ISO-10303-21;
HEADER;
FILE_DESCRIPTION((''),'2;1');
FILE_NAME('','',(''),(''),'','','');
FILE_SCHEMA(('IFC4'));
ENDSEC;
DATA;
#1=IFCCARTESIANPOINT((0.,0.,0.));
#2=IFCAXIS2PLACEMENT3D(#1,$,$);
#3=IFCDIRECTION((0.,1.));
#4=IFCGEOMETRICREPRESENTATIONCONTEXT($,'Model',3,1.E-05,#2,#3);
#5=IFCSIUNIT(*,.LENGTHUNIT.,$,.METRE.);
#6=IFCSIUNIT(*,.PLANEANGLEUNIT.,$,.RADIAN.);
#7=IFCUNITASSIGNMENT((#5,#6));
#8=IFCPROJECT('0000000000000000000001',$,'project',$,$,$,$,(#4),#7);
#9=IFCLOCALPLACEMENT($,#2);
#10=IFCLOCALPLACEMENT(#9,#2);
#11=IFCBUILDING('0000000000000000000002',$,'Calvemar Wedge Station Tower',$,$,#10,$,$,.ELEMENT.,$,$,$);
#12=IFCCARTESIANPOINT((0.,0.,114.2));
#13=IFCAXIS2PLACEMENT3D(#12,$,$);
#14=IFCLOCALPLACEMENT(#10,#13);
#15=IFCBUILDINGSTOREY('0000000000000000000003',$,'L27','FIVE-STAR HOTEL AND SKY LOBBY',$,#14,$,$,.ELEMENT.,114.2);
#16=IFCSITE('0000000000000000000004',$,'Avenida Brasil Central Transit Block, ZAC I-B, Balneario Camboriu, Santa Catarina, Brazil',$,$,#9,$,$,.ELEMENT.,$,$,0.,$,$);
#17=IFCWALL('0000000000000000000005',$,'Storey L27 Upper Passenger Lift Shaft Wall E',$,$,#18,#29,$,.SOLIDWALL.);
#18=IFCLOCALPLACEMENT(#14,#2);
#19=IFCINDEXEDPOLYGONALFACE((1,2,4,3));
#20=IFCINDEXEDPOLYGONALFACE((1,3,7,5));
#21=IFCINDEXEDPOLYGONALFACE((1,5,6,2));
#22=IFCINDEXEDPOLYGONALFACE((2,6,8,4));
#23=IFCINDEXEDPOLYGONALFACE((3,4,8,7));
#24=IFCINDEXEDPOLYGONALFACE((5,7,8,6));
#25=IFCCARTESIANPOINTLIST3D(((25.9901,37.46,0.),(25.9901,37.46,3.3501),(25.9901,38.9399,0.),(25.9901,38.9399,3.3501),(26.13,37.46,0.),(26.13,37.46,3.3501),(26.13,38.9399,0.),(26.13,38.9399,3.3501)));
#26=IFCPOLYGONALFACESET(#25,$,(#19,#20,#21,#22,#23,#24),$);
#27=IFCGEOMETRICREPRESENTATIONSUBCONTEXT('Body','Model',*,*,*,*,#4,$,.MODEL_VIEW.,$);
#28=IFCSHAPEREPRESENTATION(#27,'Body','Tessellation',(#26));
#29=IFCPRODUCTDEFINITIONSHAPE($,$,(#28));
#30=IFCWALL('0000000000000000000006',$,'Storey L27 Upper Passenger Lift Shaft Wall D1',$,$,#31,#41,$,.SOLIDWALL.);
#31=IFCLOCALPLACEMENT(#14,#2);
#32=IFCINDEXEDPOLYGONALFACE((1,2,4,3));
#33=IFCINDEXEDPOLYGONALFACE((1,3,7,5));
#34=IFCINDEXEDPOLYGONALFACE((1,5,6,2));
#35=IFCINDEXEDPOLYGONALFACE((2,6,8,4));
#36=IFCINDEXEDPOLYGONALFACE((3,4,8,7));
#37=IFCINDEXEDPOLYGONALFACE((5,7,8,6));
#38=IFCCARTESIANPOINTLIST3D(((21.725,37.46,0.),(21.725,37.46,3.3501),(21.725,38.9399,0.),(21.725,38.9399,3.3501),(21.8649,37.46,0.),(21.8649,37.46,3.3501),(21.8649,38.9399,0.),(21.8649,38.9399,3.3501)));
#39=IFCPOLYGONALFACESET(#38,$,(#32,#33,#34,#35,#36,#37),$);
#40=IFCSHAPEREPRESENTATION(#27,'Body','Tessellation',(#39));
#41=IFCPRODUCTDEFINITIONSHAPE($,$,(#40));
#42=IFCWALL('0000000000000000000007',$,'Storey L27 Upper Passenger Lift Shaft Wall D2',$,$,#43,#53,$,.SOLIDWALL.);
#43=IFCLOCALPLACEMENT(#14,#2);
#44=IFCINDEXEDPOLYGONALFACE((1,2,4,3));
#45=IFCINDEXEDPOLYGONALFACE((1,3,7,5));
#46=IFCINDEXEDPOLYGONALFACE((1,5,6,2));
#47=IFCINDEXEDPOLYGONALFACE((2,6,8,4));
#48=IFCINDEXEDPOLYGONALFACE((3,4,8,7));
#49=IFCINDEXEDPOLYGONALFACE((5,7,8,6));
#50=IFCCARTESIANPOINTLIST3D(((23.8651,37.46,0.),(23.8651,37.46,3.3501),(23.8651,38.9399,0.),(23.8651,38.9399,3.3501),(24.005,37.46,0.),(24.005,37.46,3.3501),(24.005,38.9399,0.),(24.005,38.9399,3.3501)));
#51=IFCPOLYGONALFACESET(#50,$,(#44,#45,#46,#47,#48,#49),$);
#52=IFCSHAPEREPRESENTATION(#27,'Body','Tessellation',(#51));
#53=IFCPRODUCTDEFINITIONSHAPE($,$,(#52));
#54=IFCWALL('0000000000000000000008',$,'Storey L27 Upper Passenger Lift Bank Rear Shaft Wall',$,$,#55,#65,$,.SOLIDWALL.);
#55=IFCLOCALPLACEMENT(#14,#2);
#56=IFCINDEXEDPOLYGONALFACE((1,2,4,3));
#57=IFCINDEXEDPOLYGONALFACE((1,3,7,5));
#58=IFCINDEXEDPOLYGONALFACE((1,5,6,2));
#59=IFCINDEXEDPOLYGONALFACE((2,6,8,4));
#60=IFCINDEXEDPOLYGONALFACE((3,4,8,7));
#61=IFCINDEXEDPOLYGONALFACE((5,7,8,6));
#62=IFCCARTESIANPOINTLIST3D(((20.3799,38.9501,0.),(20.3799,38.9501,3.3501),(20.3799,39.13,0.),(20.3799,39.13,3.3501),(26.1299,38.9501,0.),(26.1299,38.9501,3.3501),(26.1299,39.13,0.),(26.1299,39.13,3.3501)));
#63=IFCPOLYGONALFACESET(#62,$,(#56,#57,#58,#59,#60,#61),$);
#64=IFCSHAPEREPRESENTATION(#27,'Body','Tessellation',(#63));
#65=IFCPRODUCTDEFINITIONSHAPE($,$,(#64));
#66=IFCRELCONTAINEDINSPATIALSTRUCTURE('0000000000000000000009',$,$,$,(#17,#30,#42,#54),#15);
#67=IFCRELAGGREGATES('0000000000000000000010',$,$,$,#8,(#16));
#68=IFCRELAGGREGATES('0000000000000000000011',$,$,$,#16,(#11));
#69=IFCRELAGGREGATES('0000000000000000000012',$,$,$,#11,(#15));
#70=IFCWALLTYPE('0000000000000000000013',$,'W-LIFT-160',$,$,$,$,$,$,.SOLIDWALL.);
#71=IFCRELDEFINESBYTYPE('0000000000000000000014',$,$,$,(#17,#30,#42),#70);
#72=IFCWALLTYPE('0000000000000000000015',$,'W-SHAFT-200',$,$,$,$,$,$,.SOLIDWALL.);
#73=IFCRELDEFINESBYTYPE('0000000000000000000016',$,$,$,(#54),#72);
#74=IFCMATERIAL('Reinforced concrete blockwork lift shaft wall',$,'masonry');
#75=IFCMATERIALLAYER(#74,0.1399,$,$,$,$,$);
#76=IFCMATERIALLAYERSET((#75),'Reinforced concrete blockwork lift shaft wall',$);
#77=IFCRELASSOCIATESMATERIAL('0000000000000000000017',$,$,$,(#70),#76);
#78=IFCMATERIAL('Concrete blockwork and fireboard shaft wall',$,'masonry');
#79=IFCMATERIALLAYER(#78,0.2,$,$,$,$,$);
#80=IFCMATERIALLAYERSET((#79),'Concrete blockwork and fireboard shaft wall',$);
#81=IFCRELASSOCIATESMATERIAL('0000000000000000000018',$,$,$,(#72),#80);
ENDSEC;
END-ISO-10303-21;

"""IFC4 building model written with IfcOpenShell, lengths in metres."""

from ifc_helpers import new_model, si_unit, direction, frame, frame_2d, origin, place, context, subcontext, project, spatial, rectangle, extrude, material, layer, layer_set, type_object, element, save


model = new_model("IFC4")

# Units and contexts
model_context = context("Model", 3, precision=1e-05, world=origin(), true_north=direction((0.0, 1.0)))
body_context = subcontext(model_context, "Body", "Model", "MODEL_VIEW")
ifc_project = project(units=[si_unit("LENGTHUNIT", "METRE"), si_unit("PLANEANGLEUNIT", "RADIAN")], contexts=[model_context])

# Site, building, storey
site_placement = place(None, origin())
site = spatial("IfcSite", under=ifc_project, at=site_placement, Name="Avenida Brasil Central Transit Block, ZAC I-B, Balneario Camboriu, Santa Catarina, Brazil", CompositionType="ELEMENT", RefElevation=0.0)
building_placement = place(site_placement, origin())
building = spatial("IfcBuilding", under=site, at=building_placement, Name="Calvemar Wedge Station Tower", CompositionType="ELEMENT")
storey_placement = place(building_placement, frame((0.0, 0.0, 114.2)))
storey = spatial("IfcBuildingStorey", under=building, at=storey_placement, Name="L27", Description="FIVE-STAR HOTEL AND SKY LOBBY", CompositionType="ELEMENT", Elevation=114.2)

# Shared definitions
ifc_material_1 = material(Name="Reinforced concrete blockwork lift shaft wall", Category="masonry")
ifc_layer_1 = layer(ifc_material_1, 0.1399)
ifc_layer_set_1 = layer_set([ifc_layer_1], Name="Reinforced concrete blockwork lift shaft wall")
wall_type_1 = type_object("IfcWallType", Name="W-LIFT-160", PredefinedType="SOLIDWALL", material=ifc_layer_set_1)

# Walls
for number, where, z_axis, x_axis, name in (
    (1, (26.0601, 37.46, 0.0), (0.0, 0.0, 1.0), (0.0, 1.0, 0.0), "Storey L27 Upper Passenger Lift Shaft Wall E"),
    (2, (21.7949, 37.46, 0.0), (0.0, 0.0, 1.0), (0.0, 1.0, 0.0), "Storey L27 Upper Passenger Lift Shaft Wall D1"),
    (3, (23.9351, 37.46, 0.0), (0.0, 0.0, 1.0), (0.0, 1.0, 0.0), "Storey L27 Upper Passenger Lift Shaft Wall D2"),
):
    element("IfcWall", number, at=place(storey_placement, frame(where, z_axis=z_axis, x_axis=x_axis)), inside=storey, type_object=wall_type_1, Name=name, PredefinedType="SOLIDWALL", context=body_context, shape_type="SweptSolid", body=[
        extrude(rectangle(XDim=1.48, YDim=0.1399, at=frame_2d((0.74, 0.0))), origin(), (0.0, 0.0, 1.0), 3.3501),
    ])
ifc_material_2 = material(Name="Concrete blockwork and fireboard shaft wall", Category="masonry")
ifc_layer_2 = layer(ifc_material_2, 0.2)
ifc_layer_set_2 = layer_set([ifc_layer_2], Name="Concrete blockwork and fireboard shaft wall")
wall_type_2 = type_object("IfcWallType", Name="W-SHAFT-200", PredefinedType="SOLIDWALL", material=ifc_layer_set_2)
wall_1_placement = place(storey_placement, frame((20.3799, 39.04, 0.0), z_axis=(0.0, 0.0, 1.0), x_axis=(1.0, 0.0, 0.0)))
element("IfcWall", 4, at=wall_1_placement, inside=storey, type_object=wall_type_2, Name="Storey L27 Upper Passenger Lift Bank Rear Shaft Wall", PredefinedType="SOLIDWALL", context=body_context, shape_type="SweptSolid", body=[
    extrude(rectangle(XDim=5.75, YDim=0.1799, at=frame_2d((2.875, 0.0))), origin(), (0.0, 0.0, 1.0), 3.3501),
])

save(model, "model.ifc")
